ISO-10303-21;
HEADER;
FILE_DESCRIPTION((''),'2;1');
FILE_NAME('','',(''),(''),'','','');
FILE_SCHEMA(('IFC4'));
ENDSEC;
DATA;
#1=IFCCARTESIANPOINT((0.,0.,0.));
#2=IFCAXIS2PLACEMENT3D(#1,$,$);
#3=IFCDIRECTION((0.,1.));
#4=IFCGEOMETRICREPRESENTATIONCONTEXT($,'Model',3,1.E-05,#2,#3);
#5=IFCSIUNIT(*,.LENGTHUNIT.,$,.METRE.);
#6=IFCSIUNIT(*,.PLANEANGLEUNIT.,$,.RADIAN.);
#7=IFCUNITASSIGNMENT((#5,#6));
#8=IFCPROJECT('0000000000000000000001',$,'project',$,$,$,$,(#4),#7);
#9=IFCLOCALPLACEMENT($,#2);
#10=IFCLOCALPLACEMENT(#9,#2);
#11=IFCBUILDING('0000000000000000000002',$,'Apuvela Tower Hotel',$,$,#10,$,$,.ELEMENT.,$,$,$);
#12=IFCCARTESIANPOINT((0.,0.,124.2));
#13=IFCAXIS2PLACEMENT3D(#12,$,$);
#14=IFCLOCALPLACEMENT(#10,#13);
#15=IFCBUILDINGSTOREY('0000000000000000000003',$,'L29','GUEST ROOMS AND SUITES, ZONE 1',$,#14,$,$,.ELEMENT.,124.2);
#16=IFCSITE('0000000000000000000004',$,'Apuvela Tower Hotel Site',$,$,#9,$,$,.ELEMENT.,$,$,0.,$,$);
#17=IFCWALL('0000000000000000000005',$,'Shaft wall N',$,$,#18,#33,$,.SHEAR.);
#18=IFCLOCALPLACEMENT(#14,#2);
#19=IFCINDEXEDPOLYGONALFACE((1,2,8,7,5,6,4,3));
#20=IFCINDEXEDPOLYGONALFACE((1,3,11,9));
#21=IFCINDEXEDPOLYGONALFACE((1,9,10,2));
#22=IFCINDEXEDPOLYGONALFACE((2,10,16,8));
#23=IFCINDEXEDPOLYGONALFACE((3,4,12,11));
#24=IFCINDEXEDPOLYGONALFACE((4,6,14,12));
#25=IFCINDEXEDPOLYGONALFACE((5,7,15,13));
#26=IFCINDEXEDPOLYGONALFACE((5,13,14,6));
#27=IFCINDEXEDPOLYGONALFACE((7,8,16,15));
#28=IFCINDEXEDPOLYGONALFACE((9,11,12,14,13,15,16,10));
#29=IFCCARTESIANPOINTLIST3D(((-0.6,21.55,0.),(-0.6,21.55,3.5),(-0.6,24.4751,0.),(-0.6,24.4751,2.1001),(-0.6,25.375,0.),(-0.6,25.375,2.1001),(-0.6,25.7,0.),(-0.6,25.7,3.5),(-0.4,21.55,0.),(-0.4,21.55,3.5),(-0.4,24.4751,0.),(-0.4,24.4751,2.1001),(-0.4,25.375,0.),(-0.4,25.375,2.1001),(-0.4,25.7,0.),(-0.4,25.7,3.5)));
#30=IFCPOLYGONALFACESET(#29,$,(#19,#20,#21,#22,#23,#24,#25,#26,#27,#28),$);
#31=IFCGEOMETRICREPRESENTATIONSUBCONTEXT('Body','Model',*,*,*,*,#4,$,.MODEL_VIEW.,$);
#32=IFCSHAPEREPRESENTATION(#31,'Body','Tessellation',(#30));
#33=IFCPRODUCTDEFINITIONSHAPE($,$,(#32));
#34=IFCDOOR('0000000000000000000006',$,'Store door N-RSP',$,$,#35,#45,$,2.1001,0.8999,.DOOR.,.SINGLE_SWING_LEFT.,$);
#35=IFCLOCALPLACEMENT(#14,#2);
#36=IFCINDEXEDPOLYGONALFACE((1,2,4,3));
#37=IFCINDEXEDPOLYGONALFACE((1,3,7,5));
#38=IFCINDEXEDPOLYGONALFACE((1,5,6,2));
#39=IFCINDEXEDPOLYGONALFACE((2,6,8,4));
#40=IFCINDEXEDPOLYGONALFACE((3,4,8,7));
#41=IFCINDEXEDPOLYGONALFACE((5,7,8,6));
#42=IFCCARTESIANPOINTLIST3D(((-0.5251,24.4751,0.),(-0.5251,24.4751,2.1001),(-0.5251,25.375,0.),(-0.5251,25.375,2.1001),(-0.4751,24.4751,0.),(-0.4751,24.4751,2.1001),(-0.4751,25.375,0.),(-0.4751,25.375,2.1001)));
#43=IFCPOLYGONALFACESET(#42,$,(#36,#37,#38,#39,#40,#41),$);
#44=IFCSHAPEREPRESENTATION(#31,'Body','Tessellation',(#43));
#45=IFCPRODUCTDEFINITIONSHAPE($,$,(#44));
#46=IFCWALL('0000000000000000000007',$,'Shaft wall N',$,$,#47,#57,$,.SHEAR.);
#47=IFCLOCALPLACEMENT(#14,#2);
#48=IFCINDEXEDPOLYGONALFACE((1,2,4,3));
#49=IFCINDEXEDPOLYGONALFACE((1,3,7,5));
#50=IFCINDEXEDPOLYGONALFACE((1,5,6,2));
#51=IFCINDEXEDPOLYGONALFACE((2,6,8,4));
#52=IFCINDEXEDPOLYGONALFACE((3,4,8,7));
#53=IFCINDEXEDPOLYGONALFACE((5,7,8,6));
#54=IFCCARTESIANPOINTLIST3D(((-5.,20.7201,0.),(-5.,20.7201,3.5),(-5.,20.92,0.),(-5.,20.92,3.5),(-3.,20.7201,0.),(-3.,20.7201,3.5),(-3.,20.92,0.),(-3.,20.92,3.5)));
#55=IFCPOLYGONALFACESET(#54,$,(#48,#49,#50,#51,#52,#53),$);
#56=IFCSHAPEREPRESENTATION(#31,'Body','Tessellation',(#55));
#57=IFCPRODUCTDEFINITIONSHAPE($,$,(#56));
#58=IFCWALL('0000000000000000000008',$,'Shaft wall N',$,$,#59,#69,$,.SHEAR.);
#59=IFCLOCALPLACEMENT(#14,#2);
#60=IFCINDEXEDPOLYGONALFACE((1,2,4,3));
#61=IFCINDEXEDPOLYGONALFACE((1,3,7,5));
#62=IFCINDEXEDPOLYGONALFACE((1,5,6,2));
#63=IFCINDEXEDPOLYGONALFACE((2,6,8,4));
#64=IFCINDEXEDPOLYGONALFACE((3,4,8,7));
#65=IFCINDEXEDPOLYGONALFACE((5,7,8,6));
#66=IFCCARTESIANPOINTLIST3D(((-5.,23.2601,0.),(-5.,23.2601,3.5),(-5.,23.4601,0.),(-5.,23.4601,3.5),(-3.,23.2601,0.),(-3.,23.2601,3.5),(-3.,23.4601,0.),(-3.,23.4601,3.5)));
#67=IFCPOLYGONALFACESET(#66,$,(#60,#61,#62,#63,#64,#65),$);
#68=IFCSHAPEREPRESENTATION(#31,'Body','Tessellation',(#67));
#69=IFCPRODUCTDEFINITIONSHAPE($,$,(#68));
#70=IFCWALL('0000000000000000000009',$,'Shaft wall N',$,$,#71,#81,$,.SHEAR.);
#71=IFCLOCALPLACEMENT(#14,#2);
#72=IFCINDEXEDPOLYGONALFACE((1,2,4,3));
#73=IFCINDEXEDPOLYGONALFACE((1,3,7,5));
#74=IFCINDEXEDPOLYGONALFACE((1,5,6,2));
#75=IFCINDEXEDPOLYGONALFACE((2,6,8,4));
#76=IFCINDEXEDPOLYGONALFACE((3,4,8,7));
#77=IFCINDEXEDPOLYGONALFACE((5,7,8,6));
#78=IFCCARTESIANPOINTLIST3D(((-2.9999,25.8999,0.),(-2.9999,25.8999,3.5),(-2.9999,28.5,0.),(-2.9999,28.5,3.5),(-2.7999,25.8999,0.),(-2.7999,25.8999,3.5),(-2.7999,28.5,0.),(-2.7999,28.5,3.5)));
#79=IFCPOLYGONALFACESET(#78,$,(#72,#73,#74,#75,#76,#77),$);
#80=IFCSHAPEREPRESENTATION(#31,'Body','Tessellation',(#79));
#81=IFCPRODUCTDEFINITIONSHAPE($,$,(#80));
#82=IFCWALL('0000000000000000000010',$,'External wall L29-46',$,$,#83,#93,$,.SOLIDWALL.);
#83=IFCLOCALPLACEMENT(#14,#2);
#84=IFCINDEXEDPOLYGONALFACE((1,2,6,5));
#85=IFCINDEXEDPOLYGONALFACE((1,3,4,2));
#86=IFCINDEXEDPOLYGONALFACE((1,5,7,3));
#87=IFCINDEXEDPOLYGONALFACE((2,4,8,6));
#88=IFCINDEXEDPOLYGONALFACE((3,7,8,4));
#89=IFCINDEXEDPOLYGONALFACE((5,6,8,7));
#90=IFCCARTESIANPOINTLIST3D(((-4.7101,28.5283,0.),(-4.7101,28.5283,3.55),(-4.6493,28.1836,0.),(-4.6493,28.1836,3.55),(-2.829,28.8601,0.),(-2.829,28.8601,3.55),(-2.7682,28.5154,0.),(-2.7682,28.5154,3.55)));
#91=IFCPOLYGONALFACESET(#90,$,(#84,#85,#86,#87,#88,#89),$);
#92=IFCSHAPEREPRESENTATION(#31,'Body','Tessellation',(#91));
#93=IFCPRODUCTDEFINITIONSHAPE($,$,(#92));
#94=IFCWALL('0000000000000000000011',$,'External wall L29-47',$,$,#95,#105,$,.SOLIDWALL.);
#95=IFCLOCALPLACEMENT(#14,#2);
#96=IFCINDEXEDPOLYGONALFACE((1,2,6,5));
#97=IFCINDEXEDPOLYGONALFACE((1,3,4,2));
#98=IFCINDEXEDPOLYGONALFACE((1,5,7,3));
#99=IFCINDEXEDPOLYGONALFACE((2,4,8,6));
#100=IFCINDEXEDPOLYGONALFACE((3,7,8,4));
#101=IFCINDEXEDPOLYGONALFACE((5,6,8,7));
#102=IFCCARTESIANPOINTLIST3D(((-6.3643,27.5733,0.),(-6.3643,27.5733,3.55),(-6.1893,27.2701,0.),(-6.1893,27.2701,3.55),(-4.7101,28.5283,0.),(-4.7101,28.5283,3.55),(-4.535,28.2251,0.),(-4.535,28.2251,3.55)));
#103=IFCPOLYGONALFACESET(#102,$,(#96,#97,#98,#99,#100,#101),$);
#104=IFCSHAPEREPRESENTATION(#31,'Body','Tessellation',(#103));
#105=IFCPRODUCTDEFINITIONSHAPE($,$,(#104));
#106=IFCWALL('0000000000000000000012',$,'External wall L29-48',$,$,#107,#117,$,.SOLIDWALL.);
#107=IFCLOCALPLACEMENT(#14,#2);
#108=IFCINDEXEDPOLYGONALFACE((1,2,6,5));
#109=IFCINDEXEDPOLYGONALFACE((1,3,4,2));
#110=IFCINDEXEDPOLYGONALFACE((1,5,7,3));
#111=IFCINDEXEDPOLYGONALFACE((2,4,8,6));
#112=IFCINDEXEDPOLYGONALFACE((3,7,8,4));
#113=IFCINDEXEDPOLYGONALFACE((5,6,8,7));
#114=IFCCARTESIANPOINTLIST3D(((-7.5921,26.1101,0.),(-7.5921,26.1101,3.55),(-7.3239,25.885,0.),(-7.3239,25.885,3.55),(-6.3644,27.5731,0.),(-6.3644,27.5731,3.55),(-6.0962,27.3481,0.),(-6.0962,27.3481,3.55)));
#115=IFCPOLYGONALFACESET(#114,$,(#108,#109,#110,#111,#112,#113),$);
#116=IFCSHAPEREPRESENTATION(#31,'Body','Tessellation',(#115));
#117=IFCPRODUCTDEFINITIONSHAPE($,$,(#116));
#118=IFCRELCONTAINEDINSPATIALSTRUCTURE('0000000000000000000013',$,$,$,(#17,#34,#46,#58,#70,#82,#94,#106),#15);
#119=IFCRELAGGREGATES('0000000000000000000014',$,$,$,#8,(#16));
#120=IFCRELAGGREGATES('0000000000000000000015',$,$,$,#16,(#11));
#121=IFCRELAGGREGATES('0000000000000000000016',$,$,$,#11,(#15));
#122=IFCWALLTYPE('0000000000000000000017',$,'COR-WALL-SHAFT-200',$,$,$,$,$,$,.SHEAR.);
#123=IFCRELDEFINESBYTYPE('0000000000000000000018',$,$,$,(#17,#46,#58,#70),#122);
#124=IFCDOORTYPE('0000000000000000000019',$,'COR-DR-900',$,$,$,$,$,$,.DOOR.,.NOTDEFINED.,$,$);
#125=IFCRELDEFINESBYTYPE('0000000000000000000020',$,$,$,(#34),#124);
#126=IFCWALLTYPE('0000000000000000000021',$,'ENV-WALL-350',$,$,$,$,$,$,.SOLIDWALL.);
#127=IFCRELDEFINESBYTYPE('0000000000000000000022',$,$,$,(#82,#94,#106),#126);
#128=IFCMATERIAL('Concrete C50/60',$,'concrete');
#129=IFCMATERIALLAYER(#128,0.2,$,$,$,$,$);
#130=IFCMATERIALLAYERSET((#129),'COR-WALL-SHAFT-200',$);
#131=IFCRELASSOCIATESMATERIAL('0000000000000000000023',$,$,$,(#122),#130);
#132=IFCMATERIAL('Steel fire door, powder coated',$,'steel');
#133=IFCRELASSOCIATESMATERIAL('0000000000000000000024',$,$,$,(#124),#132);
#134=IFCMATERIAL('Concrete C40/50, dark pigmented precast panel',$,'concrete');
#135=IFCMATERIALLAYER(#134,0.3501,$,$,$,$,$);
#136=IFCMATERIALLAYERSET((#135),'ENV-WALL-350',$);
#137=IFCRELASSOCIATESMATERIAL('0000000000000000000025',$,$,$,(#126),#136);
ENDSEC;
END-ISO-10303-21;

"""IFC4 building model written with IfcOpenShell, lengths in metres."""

from ifc_helpers import new_model, si_unit, direction, frame, frame_2d, origin, place, context, subcontext, project, spatial, rectangle, extrude, material, layer, layer_set, type_object, element, fill, save


model = new_model("IFC4")

# Units and contexts
model_context = context("Model", 3, precision=1e-05, world=origin(), true_north=direction((0.0, 1.0)))
body_context = subcontext(model_context, "Body", "Model", "MODEL_VIEW")
ifc_project = project(units=[si_unit("LENGTHUNIT", "METRE"), si_unit("PLANEANGLEUNIT", "RADIAN")], contexts=[model_context])

# Site, building, storey
site_placement = place(None, origin())
site = spatial("IfcSite", under=ifc_project, at=site_placement, Name="Apuvela Tower Hotel Site", CompositionType="ELEMENT", RefElevation=0.0)
building_placement = place(site_placement, origin())
building = spatial("IfcBuilding", under=site, at=building_placement, Name="Apuvela Tower Hotel", CompositionType="ELEMENT")
storey_placement = place(building_placement, frame((0.0, 0.0, 124.2)))
storey = spatial("IfcBuildingStorey", under=building, at=storey_placement, Name="L29", Description="GUEST ROOMS AND SUITES, ZONE 1", CompositionType="ELEMENT", Elevation=124.2)

# Shared definitions
ifc_material_1 = material(Name="Concrete C50/60", Category="concrete")
ifc_layer_1 = layer(ifc_material_1, 0.2)
ifc_layer_set_1 = layer_set([ifc_layer_1], Name="COR-WALL-SHAFT-200")
wall_type_1 = type_object("IfcWallType", Name="COR-WALL-SHAFT-200", PredefinedType="SHEAR", material=ifc_layer_set_1)

# Wall, opening, door
wall_1_placement = place(storey_placement, frame((-0.5, 21.55, 0.0), z_axis=(0.0, 0.0, 1.0), x_axis=(0.0, 1.0, 0.0)))
wall_1 = element("IfcWall", 1, at=wall_1_placement, inside=storey, type_object=wall_type_1, Name="Shaft wall N", PredefinedType="SHEAR", context=body_context, shape_type="SweptSolid", body=[
    extrude(rectangle(XDim=4.1499, YDim=0.2, at=frame_2d((2.075, 0.0))), origin(), (0.0, 0.0, 1.0), 3.5),
])
opening_1_placement = place(wall_1_placement, frame((2.925, 0.0, 0.0)))
opening_1 = element("IfcOpeningElement", 2, at=opening_1_placement, cuts=wall_1, PredefinedType="OPENING", context=body_context, shape_type="SweptSolid", body=[
    extrude(rectangle(XDim=0.8999, YDim=2.1001, at=frame_2d((0.45, 1.05))), frame((0.0, 0.1099, 0.0), z_axis=(0.0, -1.0, 0.0), x_axis=(1.0, 0.0, 0.0)), (0.0, 0.0, 1.0), 0.22),
])
ifc_material_2 = material(Name="Steel fire door, powder coated", Category="steel")
door_type_1 = type_object("IfcDoorType", Name="COR-DR-900", OperationType="NOTDEFINED", PredefinedType="DOOR", material=ifc_material_2)
door_1_placement = place(opening_1_placement, frame((0.8999, 0.0, 0.0), z_axis=(0.0, 0.0, 1.0), x_axis=(-1.0, 0.0, 0.0)))
door_1 = element("IfcDoor", 3, at=door_1_placement, inside=storey, type_object=door_type_1, Name="Store door N-RSP", OperationType="SINGLE_SWING_LEFT", OverallHeight=2.1001, OverallWidth=0.8999, PredefinedType="DOOR", context=body_context, shape_type="SweptSolid", body=[
    extrude(rectangle(XDim=0.8999, YDim=2.1001, at=frame_2d((0.45, 1.05))), frame((0.0, 0.0249, 0.0), z_axis=(0.0, -1.0, 0.0), x_axis=(1.0, 0.0, 0.0)), (0.0, 0.0, 1.0), 0.05),
])
fill(opening_1, door_1)

# Walls
for number, where, z_axis, x_axis, name in (
    (4, (-3.0, 20.8201, 0.0), (0.0, 0.0, 1.0), (-1.0, 0.0, 0.0), "Shaft wall N"),
    (5, (-3.0, 23.3601, 0.0), (0.0, 0.0, 1.0), (-1.0, 0.0, 0.0), "Shaft wall N"),
):
    element("IfcWall", number, at=place(storey_placement, frame(where, z_axis=z_axis, x_axis=x_axis)), inside=storey, type_object=wall_type_1, Name=name, PredefinedType="SHEAR", context=body_context, shape_type="SweptSolid", body=[
        extrude(rectangle(XDim=2.0, YDim=0.2, at=frame_2d((1.0, 0.0))), origin(), (0.0, 0.0, 1.0), 3.5),
    ])
wall_2_placement = place(storey_placement, frame((-2.8999, 25.8999, 0.0), z_axis=(0.0, 0.0, 1.0), x_axis=(0.0, 1.0, 0.0)))
element("IfcWall", 6, at=wall_2_placement, inside=storey, type_object=wall_type_1, Name="Shaft wall N", PredefinedType="SHEAR", context=body_context, shape_type="SweptSolid", body=[
    extrude(rectangle(XDim=2.6001, YDim=0.2, at=frame_2d((1.3, 0.0))), origin(), (0.0, 0.0, 1.0), 3.5),
])

# Shared definitions
ifc_material_3 = material(Name="Concrete C40/50, dark pigmented precast panel", Category="concrete")
ifc_layer_2 = layer(ifc_material_3, 0.3501)
ifc_layer_set_2 = layer_set([ifc_layer_2], Name="ENV-WALL-350")
wall_type_2 = type_object("IfcWallType", Name="ENV-WALL-350", PredefinedType="SOLIDWALL", material=ifc_layer_set_2)

# Walls
for number, where, z_axis, x_axis, name in (
    (7, (-2.7986, 28.6877, 0.0), (0.0, 0.0, 1.0), (-0.984799, -0.173698, 0.0), "External wall L29-46"),
    (8, (-4.6226, 28.3767, 0.0), (0.0, 0.0, 1.0), (-0.866032, -0.499988, 0.0), "External wall L29-47"),
):
    element("IfcWall", number, at=place(storey_placement, frame(where, z_axis=z_axis, x_axis=x_axis)), inside=storey, type_object=wall_type_2, Name=name, PredefinedType="SOLIDWALL", context=body_context, shape_type="SweptSolid", body=[
        extrude(rectangle(XDim=1.9102, YDim=0.3501, at=frame_2d((0.9551, 0.0))), origin(), (0.0, 0.0, 1.0), 3.55),
    ])
wall_3_placement = place(storey_placement, frame((-6.2302, 27.4607, 0.0), z_axis=(0.0, 0.0, 1.0), x_axis=(-0.642808, -0.766027, 0.0)))
element("IfcWall", 9, at=wall_3_placement, inside=storey, type_object=wall_type_2, Name="External wall L29-48", PredefinedType="SOLIDWALL", context=body_context, shape_type="SweptSolid", body=[
    extrude(rectangle(XDim=1.9099, YDim=0.3501, at=frame_2d((0.9551, 0.0))), origin(), (0.0, 0.0, 1.0), 3.55),
])

save(model, "model.ifc")
